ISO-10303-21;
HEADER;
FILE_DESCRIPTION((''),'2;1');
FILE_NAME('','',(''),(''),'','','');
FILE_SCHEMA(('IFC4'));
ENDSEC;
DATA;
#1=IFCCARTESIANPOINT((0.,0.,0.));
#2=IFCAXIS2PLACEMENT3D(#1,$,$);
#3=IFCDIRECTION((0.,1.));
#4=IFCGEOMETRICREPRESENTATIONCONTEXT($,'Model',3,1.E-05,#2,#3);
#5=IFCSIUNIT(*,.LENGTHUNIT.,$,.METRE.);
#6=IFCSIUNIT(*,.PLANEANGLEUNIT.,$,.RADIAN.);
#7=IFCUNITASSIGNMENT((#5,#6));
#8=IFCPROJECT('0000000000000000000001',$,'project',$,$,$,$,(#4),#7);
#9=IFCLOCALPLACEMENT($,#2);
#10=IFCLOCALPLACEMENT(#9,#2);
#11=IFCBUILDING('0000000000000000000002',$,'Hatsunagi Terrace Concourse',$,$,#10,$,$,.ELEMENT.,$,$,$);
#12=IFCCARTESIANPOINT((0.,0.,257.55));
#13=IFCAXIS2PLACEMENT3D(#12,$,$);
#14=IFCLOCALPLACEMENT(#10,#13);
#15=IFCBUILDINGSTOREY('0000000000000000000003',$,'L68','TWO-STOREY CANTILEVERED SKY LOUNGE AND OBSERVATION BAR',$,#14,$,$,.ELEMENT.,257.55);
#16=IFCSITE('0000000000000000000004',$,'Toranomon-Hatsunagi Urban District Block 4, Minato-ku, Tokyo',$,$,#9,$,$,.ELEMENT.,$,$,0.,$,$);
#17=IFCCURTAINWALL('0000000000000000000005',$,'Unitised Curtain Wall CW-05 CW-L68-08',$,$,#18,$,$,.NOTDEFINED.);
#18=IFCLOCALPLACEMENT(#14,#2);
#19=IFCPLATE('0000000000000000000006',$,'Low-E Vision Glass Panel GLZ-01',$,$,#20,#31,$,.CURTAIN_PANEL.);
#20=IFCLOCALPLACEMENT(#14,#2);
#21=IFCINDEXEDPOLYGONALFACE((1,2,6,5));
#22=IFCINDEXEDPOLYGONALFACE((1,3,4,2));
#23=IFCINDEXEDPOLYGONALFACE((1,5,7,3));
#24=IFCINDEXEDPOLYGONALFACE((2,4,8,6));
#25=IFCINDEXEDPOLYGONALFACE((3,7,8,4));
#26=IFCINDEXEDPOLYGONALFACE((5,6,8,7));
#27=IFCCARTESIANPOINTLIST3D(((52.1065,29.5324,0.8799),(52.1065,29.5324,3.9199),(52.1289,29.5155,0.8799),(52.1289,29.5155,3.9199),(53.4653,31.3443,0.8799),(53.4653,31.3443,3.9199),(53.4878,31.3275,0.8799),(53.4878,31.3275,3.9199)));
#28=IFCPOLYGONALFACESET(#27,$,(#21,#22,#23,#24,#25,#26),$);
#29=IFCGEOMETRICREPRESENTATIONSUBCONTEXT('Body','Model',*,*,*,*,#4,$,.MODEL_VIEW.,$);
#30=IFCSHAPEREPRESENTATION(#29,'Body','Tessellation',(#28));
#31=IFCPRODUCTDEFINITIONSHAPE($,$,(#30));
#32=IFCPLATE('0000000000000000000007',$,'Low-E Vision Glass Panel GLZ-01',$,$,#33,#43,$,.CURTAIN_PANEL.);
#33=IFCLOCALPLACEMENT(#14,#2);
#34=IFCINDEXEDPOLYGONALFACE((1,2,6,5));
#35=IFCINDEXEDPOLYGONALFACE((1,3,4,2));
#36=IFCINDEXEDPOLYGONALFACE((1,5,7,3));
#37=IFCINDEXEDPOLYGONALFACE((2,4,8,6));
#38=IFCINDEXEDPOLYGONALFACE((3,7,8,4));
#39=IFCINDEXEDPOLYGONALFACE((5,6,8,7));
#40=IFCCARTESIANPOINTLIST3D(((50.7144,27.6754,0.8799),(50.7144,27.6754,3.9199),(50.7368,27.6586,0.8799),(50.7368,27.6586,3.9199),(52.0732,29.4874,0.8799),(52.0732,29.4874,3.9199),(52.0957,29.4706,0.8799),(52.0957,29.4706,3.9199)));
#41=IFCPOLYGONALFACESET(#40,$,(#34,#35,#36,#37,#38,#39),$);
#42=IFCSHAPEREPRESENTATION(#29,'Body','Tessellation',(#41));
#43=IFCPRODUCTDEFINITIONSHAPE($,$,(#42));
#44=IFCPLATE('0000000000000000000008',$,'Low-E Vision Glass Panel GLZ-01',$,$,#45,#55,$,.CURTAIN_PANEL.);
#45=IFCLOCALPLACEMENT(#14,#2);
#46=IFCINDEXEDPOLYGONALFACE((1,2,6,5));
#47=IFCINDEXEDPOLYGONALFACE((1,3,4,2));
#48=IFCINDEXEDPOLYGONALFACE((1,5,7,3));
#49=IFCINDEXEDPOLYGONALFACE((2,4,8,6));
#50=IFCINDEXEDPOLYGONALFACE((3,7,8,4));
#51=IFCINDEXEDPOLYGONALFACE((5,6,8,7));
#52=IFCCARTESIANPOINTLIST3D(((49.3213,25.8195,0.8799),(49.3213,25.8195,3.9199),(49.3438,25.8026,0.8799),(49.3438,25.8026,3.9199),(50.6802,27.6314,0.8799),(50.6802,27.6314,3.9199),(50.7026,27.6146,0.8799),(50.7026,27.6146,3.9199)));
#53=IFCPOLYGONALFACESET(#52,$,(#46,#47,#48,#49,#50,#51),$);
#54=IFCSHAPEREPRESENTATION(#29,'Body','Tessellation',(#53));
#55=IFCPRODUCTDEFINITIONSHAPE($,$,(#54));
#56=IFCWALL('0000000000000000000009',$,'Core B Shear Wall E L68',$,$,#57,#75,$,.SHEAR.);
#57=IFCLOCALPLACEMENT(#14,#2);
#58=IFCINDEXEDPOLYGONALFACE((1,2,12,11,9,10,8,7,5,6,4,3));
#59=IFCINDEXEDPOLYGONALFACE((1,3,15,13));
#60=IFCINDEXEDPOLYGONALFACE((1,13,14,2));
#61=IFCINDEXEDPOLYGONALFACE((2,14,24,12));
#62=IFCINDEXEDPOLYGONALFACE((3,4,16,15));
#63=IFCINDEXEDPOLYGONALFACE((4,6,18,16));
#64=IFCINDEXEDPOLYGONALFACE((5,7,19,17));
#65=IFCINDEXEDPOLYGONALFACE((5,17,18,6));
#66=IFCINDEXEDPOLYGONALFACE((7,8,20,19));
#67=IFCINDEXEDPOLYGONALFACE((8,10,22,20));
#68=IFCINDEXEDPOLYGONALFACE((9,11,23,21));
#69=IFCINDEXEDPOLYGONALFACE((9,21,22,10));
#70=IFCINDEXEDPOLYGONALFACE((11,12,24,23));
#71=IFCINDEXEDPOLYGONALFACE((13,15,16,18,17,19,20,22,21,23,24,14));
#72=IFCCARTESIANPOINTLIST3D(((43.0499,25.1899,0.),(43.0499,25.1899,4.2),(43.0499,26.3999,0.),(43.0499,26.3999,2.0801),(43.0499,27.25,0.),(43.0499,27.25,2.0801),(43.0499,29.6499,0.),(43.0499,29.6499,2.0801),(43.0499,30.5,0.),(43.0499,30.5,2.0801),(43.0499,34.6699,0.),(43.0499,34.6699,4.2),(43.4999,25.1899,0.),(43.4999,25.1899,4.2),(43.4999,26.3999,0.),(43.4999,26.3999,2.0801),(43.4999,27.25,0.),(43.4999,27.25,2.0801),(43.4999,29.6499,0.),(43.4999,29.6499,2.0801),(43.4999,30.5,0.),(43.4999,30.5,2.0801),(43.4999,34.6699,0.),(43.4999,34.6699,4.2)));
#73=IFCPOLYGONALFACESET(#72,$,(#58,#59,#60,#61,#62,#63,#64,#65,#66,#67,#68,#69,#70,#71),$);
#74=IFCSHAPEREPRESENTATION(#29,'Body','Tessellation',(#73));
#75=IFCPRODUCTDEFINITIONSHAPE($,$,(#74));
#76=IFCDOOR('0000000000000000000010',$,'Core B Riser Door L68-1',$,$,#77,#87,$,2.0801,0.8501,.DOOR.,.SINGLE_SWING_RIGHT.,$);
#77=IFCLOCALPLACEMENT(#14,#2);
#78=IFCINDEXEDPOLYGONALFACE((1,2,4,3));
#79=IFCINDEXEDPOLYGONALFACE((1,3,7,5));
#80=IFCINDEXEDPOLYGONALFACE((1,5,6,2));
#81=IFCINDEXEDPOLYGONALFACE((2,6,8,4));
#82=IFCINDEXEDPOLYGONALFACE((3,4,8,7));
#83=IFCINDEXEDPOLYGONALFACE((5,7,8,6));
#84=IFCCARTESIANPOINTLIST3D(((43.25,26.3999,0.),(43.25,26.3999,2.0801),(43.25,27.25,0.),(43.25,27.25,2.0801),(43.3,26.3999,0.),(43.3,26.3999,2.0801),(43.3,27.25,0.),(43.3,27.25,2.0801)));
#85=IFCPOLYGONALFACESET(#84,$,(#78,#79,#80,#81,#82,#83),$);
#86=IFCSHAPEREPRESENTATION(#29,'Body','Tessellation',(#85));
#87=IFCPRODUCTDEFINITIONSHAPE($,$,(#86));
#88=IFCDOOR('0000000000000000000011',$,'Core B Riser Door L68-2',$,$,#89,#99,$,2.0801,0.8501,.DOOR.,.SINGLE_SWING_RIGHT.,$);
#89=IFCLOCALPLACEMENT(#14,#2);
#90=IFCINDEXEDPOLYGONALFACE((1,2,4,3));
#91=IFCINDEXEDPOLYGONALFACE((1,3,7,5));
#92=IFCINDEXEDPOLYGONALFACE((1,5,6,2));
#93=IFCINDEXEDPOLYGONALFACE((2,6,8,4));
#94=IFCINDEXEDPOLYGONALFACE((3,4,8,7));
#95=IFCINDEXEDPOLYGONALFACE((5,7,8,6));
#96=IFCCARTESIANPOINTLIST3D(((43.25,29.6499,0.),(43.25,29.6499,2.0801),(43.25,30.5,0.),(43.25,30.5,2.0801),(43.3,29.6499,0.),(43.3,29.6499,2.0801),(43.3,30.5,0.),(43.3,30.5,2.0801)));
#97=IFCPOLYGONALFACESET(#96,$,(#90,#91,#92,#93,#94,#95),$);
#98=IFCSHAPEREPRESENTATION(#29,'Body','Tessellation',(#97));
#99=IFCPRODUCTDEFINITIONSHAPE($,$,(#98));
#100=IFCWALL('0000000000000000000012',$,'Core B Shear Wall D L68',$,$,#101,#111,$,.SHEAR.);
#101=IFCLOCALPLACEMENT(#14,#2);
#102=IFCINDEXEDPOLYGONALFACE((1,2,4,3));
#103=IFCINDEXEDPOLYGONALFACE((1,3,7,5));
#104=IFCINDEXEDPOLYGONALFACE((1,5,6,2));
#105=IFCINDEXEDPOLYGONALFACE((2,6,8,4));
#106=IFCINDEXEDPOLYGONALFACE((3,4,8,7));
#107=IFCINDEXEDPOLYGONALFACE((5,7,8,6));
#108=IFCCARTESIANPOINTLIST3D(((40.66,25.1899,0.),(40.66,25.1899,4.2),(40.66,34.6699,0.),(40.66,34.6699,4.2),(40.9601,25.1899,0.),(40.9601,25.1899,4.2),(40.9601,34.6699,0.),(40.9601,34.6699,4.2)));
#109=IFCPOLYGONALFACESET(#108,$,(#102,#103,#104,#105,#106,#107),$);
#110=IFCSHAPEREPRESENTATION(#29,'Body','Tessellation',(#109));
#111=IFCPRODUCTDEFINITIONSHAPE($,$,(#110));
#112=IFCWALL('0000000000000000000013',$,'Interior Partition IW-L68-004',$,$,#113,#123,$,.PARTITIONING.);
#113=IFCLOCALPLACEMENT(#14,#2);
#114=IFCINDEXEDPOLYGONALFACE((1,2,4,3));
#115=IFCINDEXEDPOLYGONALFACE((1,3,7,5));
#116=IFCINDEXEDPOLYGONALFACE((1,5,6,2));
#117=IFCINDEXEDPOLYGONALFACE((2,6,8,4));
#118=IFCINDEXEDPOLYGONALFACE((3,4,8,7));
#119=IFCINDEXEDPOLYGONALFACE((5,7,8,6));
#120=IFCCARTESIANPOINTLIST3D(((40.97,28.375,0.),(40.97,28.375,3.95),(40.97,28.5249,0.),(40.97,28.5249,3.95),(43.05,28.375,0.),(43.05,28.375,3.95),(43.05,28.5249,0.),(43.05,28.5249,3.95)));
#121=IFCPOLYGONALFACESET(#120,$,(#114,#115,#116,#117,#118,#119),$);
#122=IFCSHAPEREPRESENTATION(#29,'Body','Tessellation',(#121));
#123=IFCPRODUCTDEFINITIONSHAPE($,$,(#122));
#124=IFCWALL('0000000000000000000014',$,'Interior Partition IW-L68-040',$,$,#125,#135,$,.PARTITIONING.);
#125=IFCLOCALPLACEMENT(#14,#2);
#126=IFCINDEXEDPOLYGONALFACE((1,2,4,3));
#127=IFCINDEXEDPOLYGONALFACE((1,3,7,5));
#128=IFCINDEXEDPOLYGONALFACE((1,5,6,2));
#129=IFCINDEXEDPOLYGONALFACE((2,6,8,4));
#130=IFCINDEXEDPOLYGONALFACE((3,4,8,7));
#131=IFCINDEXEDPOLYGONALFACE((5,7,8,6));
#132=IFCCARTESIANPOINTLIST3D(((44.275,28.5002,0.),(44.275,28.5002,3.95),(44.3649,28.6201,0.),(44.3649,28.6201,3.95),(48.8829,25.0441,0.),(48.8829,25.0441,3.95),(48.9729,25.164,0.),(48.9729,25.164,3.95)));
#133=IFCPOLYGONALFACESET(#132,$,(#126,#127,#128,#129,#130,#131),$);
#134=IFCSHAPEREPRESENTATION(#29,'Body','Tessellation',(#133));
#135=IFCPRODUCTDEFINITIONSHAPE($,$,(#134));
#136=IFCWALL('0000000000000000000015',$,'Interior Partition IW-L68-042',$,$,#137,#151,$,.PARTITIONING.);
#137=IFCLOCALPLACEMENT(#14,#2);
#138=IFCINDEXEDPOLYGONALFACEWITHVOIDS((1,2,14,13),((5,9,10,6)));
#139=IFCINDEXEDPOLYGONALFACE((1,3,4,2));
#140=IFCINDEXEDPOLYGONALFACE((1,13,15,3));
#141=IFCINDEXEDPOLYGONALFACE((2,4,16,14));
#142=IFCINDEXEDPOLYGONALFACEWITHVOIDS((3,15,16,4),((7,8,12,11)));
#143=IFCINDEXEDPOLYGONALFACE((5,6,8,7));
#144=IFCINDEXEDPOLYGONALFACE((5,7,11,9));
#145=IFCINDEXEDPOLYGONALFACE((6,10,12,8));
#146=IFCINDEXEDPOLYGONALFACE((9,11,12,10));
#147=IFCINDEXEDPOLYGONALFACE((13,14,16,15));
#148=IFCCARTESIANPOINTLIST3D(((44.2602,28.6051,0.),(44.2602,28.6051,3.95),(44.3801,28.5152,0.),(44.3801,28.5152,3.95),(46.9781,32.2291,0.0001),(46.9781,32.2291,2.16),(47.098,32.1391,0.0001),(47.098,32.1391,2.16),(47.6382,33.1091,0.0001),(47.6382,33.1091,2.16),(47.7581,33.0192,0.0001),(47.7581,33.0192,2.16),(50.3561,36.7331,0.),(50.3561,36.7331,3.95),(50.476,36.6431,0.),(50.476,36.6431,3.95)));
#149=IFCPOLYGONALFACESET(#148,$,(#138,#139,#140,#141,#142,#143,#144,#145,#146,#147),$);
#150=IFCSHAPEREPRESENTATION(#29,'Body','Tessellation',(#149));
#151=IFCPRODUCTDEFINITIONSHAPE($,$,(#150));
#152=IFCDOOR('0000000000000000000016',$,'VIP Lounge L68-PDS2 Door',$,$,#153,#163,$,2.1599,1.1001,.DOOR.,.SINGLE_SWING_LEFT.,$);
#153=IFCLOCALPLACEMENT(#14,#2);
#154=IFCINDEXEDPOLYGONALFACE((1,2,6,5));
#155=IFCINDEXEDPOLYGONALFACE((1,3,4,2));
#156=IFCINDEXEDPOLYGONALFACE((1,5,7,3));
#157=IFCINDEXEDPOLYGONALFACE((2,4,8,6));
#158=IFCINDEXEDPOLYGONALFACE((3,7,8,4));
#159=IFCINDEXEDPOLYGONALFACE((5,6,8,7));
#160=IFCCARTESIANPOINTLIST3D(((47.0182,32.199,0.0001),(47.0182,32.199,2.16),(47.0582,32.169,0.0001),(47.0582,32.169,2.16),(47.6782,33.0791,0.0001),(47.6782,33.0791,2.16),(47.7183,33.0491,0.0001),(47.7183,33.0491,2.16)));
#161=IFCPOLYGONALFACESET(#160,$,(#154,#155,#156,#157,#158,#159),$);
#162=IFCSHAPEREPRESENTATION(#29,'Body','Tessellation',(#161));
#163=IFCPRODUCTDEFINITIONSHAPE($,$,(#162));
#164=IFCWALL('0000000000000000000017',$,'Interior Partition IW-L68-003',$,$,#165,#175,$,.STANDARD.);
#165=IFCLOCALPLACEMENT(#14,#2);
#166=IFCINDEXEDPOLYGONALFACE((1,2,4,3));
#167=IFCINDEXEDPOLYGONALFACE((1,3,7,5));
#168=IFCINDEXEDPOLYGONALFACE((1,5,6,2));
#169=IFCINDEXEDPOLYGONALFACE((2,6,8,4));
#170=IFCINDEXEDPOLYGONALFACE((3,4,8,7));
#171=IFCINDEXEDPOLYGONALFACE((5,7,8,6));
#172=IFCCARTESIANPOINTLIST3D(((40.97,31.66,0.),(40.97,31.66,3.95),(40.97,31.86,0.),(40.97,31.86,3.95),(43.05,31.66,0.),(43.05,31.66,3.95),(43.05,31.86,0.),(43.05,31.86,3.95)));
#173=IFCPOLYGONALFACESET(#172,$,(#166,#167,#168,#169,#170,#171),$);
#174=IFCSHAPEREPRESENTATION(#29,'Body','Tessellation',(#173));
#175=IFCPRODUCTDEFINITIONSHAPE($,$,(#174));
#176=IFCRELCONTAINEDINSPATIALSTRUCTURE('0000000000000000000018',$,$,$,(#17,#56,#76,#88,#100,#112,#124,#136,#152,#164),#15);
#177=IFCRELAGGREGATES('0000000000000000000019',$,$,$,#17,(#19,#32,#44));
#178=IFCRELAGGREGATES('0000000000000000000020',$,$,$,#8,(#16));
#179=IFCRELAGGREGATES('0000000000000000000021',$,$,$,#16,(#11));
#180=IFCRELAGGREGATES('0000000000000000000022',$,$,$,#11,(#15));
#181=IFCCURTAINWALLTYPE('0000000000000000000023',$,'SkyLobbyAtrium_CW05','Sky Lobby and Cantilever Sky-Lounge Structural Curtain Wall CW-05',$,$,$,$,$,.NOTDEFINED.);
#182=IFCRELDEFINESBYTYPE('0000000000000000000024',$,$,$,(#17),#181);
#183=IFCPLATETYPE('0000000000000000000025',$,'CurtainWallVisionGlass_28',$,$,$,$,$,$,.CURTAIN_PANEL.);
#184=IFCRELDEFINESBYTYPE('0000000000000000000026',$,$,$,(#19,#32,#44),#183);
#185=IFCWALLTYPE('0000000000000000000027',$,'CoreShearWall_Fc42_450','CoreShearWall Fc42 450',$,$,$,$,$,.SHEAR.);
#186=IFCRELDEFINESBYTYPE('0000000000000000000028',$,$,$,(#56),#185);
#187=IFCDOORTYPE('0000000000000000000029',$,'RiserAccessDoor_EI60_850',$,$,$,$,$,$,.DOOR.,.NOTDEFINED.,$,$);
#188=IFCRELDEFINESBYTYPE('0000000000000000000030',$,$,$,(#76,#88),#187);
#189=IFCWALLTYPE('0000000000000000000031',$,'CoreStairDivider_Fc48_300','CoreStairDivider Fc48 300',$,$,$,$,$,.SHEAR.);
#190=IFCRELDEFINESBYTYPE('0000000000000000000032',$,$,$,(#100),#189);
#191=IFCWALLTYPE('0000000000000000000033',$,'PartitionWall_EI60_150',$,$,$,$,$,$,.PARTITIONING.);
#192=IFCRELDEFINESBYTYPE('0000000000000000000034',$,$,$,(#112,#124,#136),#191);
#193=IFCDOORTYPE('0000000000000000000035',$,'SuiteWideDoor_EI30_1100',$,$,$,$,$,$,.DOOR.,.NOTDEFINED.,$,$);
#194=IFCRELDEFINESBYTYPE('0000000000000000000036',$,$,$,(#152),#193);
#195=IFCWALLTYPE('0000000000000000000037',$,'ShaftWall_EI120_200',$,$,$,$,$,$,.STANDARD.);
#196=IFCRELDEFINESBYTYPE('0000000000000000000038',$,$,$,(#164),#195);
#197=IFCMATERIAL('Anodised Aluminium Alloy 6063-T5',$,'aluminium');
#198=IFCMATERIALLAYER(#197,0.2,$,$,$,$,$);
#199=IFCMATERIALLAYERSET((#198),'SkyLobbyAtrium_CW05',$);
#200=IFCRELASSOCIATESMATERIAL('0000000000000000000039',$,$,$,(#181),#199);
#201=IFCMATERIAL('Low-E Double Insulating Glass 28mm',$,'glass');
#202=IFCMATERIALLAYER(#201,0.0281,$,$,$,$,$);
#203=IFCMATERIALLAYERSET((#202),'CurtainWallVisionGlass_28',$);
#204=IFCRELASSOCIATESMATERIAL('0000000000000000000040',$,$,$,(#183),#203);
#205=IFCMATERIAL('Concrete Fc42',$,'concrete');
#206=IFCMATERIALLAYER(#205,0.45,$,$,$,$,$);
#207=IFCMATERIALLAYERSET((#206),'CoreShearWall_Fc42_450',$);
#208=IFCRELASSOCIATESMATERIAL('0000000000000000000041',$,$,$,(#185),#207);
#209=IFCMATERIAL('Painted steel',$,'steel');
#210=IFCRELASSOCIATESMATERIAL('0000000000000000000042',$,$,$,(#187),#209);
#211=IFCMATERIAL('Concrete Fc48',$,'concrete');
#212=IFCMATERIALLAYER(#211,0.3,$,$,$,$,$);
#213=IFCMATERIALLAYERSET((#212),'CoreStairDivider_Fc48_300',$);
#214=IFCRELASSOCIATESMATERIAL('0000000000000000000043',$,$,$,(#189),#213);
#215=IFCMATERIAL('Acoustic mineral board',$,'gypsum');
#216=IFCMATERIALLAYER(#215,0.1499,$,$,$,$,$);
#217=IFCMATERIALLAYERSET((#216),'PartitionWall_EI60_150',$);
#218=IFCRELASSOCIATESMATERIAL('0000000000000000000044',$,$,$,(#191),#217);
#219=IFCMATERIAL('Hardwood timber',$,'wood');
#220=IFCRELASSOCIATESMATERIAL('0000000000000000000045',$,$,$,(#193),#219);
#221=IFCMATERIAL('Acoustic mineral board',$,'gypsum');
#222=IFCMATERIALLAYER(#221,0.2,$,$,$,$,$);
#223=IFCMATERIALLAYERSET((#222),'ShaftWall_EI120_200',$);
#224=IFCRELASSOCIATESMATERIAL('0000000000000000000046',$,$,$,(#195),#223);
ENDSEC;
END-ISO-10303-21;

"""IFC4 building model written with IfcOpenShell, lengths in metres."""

from ifc_helpers import new_model, si_unit, direction, frame, frame_2d, origin, origin_2d, place, context, subcontext, project, spatial, rectangle, extrude, material, layer, layer_set, type_object, element, fill, aggregate, save


model = new_model("IFC4")

# Units and contexts
model_context = context("Model", 3, precision=1e-05, world=origin(), true_north=direction((0.0, 1.0)))
body_context = subcontext(model_context, "Body", "Model", "MODEL_VIEW")
ifc_project = project(units=[si_unit("LENGTHUNIT", "METRE"), si_unit("PLANEANGLEUNIT", "RADIAN")], contexts=[model_context])

# Site, building, storey
site_placement = place(None, origin())
site = spatial("IfcSite", under=ifc_project, at=site_placement, Name="Toranomon-Hatsunagi Urban District Block 4, Minato-ku, Tokyo", CompositionType="ELEMENT", RefElevation=0.0)
building_placement = place(site_placement, origin())
building = spatial("IfcBuilding", under=site, at=building_placement, Name="Hatsunagi Terrace Concourse", CompositionType="ELEMENT")
storey_placement = place(building_placement, frame((0.0, 0.0, 257.55)))
storey = spatial("IfcBuildingStorey", under=building, at=storey_placement, Name="L68", Description="TWO-STOREY CANTILEVERED SKY LOUNGE AND OBSERVATION BAR", CompositionType="ELEMENT", Elevation=257.55)

# Curtain wall, plates
ifc_material_1 = material(Name="Anodised Aluminium Alloy 6063-T5", Category="aluminium")
ifc_layer_1 = layer(ifc_material_1, 0.2)
ifc_layer_set_1 = layer_set([ifc_layer_1], Name="SkyLobbyAtrium_CW05")
curtain_wall_type = type_object("IfcCurtainWallType", Name="SkyLobbyAtrium_CW05", Description="Sky Lobby and Cantilever Sky-Lounge Structural Curtain Wall CW-05", PredefinedType="NOTDEFINED", material=ifc_layer_set_1)
curtain_wall_placement = place(storey_placement, origin())
curtain_wall = element("IfcCurtainWall", 1, at=curtain_wall_placement, inside=storey, type_object=curtain_wall_type, Name="Unitised Curtain Wall CW-05 CW-L68-08", PredefinedType="NOTDEFINED")
ifc_material_2 = material(Name="Low-E Double Insulating Glass 28mm", Category="glass")
ifc_layer_2 = layer(ifc_material_2, 0.0281)
ifc_layer_set_2 = layer_set([ifc_layer_2], Name="CurtainWallVisionGlass_28")
plate_type_1 = type_object("IfcPlateType", Name="CurtainWallVisionGlass_28", PredefinedType="CURTAIN_PANEL", material=ifc_layer_set_2)
plate_1_placement = place(storey_placement, frame((52.7971, 30.4299, 0.8799), z_axis=(0.0, 0.0, 1.0), x_axis=(-0.599969, -0.800023, 0.0)))
plate_1 = element("IfcPlate", 2, at=plate_1_placement, type_object=plate_type_1, Name="Low-E Vision Glass Panel GLZ-01", PredefinedType="CURTAIN_PANEL", context=body_context, shape_type="SweptSolid", body=[
    extrude(rectangle(XDim=2.2649, YDim=0.0281, at=origin_2d()), origin(), (0.0, 0.0, 1.0), 3.04),
])
plate_2_placement = place(storey_placement, frame((51.405, 28.573, 0.8799), z_axis=(0.0, 0.0, 1.0), x_axis=(-0.599969, -0.800023, 0.0)))
plate_2 = element("IfcPlate", 3, at=plate_2_placement, type_object=plate_type_1, Name="Low-E Vision Glass Panel GLZ-01", PredefinedType="CURTAIN_PANEL", context=body_context, shape_type="SweptSolid", body=[
    extrude(rectangle(XDim=2.2649, YDim=0.0281, at=origin_2d()), origin(), (0.0, 0.0, 1.0), 3.04),
])
plate_3_placement = place(storey_placement, frame((50.012, 26.717, 0.8799), z_axis=(0.0, 0.0, 1.0), x_axis=(-0.599969, -0.800023, 0.0)))
plate_3 = element("IfcPlate", 4, at=plate_3_placement, type_object=plate_type_1, Name="Low-E Vision Glass Panel GLZ-01", PredefinedType="CURTAIN_PANEL", context=body_context, shape_type="SweptSolid", body=[
    extrude(rectangle(XDim=2.2649, YDim=0.0281, at=origin_2d()), origin(), (0.0, 0.0, 1.0), 3.04),
])
aggregate(curtain_wall, [plate_1, plate_2, plate_3])

# Wall, openings, doors
ifc_material_3 = material(Name="Concrete Fc42", Category="concrete")
ifc_layer_3 = layer(ifc_material_3, 0.45)
ifc_layer_set_3 = layer_set([ifc_layer_3], Name="CoreShearWall_Fc42_450")
wall_type_1 = type_object("IfcWallType", Name="CoreShearWall_Fc42_450", Description="CoreShearWall Fc42 450", PredefinedType="SHEAR", material=ifc_layer_set_3)
wall_1_placement = place(storey_placement, frame((43.2749, 25.1899, 0.0), z_axis=(0.0, 0.0, 1.0), x_axis=(0.0, 1.0, 0.0)))
wall_1 = element("IfcWall", 5, at=wall_1_placement, inside=storey, type_object=wall_type_1, Name="Core B Shear Wall E L68", PredefinedType="SHEAR", context=body_context, shape_type="SweptSolid", body=[
    extrude(rectangle(XDim=9.48, YDim=0.45, at=frame_2d((4.74, 0.0))), origin(), (0.0, 0.0, 1.0), 4.2),
])
opening_1_placement = place(wall_1_placement, frame((1.21, 0.0, 0.0)))
opening_1 = element("IfcOpeningElement", 6, at=opening_1_placement, cuts=wall_1, PredefinedType="OPENING", context=body_context, shape_type="SweptSolid", body=[
    extrude(rectangle(XDim=0.8501, YDim=2.0801, at=frame_2d((0.425, 1.04))), frame((0.0, 0.2349, 0.0), z_axis=(0.0, -1.0, 0.0), x_axis=(1.0, 0.0, 0.0)), (0.0, 0.0, 1.0), 0.47),
])
opening_2_placement = place(wall_1_placement, frame((4.46, 0.0, 0.0)))
opening_2 = element("IfcOpeningElement", 7, at=opening_2_placement, cuts=wall_1, PredefinedType="OPENING", context=body_context, shape_type="SweptSolid", body=[
    extrude(rectangle(XDim=0.8501, YDim=2.0801, at=frame_2d((0.425, 1.04))), frame((0.0, 0.2349, 0.0), z_axis=(0.0, -1.0, 0.0), x_axis=(1.0, 0.0, 0.0)), (0.0, 0.0, 1.0), 0.47),
])
ifc_material_4 = material(Name="Painted steel", Category="steel")
door_type_1 = type_object("IfcDoorType", Name="RiserAccessDoor_EI60_850", OperationType="NOTDEFINED", PredefinedType="DOOR", material=ifc_material_4)
door_1_placement = place(opening_1_placement, origin())
door_1 = element("IfcDoor", 8, at=door_1_placement, inside=storey, type_object=door_type_1, Name="Core B Riser Door L68-1", OperationType="SINGLE_SWING_RIGHT", OverallHeight=2.0801, OverallWidth=0.8501, PredefinedType="DOOR", context=body_context, shape_type="SweptSolid", body=[
    extrude(rectangle(XDim=0.8501, YDim=2.0801, at=frame_2d((0.425, 1.04))), frame((0.0, 0.0249, 0.0), z_axis=(0.0, -1.0, 0.0), x_axis=(1.0, 0.0, 0.0)), (0.0, 0.0, 1.0), 0.05),
])
fill(opening_1, door_1)
door_2_placement = place(opening_2_placement, origin())
door_2 = element("IfcDoor", 9, at=door_2_placement, inside=storey, type_object=door_type_1, Name="Core B Riser Door L68-2", OperationType="SINGLE_SWING_RIGHT", OverallHeight=2.0801, OverallWidth=0.8501, PredefinedType="DOOR", context=body_context, shape_type="SweptSolid", body=[
    extrude(rectangle(XDim=0.8501, YDim=2.0801, at=frame_2d((0.425, 1.04))), frame((0.0, 0.0249, 0.0), z_axis=(0.0, -1.0, 0.0), x_axis=(1.0, 0.0, 0.0)), (0.0, 0.0, 1.0), 0.05),
])
fill(opening_2, door_2)

# Walls
ifc_material_5 = material(Name="Concrete Fc48", Category="concrete")
ifc_layer_4 = layer(ifc_material_5, 0.3)
ifc_layer_set_4 = layer_set([ifc_layer_4], Name="CoreStairDivider_Fc48_300")
wall_type_2 = type_object("IfcWallType", Name="CoreStairDivider_Fc48_300", Description="CoreStairDivider Fc48 300", PredefinedType="SHEAR", material=ifc_layer_set_4)
wall_2_placement = place(storey_placement, frame((40.8101, 25.1899, 0.0), z_axis=(0.0, 0.0, 1.0), x_axis=(0.0, 1.0, 0.0)))
element("IfcWall", 10, at=wall_2_placement, inside=storey, type_object=wall_type_2, Name="Core B Shear Wall D L68", PredefinedType="SHEAR", context=body_context, shape_type="SweptSolid", body=[
    extrude(rectangle(XDim=9.48, YDim=0.3, at=frame_2d((4.74, 0.0))), origin(), (0.0, 0.0, 1.0), 4.2),
])
ifc_material_6 = material(Name="Acoustic mineral board", Category="gypsum")
ifc_layer_5 = layer(ifc_material_6, 0.1499)
ifc_layer_set_5 = layer_set([ifc_layer_5], Name="PartitionWall_EI60_150")
wall_type_3 = type_object("IfcWallType", Name="PartitionWall_EI60_150", PredefinedType="PARTITIONING", material=ifc_layer_set_5)
wall_3_placement = place(storey_placement, frame((40.97, 28.45, 0.0), z_axis=(0.0, 0.0, 1.0), x_axis=(1.0, 0.0, 0.0)))
element("IfcWall", 11, at=wall_3_placement, inside=storey, type_object=wall_type_3, Name="Interior Partition IW-L68-004", PredefinedType="PARTITIONING", context=body_context, shape_type="SweptSolid", body=[
    extrude(rectangle(XDim=2.0801, YDim=0.1499, at=frame_2d((1.04, 0.0))), origin(), (0.0, 0.0, 1.0), 3.95),
])
wall_4_placement = place(storey_placement, frame((44.3201, 28.5601, 0.0), z_axis=(0.0, 0.0, 1.0), x_axis=(0.79999, -0.600014, 0.0)))
element("IfcWall", 12, at=wall_4_placement, inside=storey, type_object=wall_type_3, Name="Interior Partition IW-L68-040", PredefinedType="PARTITIONING", context=body_context, shape_type="SweptSolid", body=[
    extrude(rectangle(XDim=5.76, YDim=0.1499, at=frame_2d((2.8799, 0.0))), origin(), (0.0, 0.0, 1.0), 3.95),
])

# Wall, opening, door
wall_5_placement = place(storey_placement, frame((44.3201, 28.5601, 0.0), z_axis=(0.0, 0.0, 1.0), x_axis=(0.6, 0.8, 0.0)))
wall_5 = element("IfcWall", 13, at=wall_5_placement, inside=storey, type_object=wall_type_3, Name="Interior Partition IW-L68-042", PredefinedType="PARTITIONING", context=body_context, shape_type="SweptSolid", body=[
    extrude(rectangle(XDim=10.1599, YDim=0.1499, at=frame_2d((5.0801, 0.0))), origin(), (0.0, 0.0, 1.0), 3.95),
])
opening_3_placement = place(wall_5_placement, frame((4.53, 0.0, 0.0)))
opening_3 = element("IfcOpeningElement", 14, at=opening_3_placement, cuts=wall_5, PredefinedType="OPENING", context=body_context, shape_type="SweptSolid", body=[
    extrude(rectangle(XDim=1.1001, YDim=2.1599, at=frame_2d((0.55, 1.0801))), frame((0.0, 0.085, 0.0), z_axis=(0.0, -1.0, 0.0), x_axis=(1.0, 0.0, 0.0)), (0.0, 0.0, 1.0), 0.1699),
])
ifc_material_7 = material(Name="Hardwood timber", Category="wood")
door_type_2 = type_object("IfcDoorType", Name="SuiteWideDoor_EI30_1100", OperationType="NOTDEFINED", PredefinedType="DOOR", material=ifc_material_7)
door_3_placement = place(opening_3_placement, origin())
door_3 = element("IfcDoor", 15, at=door_3_placement, inside=storey, type_object=door_type_2, Name="VIP Lounge L68-PDS2 Door", OperationType="SINGLE_SWING_LEFT", OverallHeight=2.1599, OverallWidth=1.1001, PredefinedType="DOOR", context=body_context, shape_type="SweptSolid", body=[
    extrude(rectangle(XDim=1.1001, YDim=2.1599, at=frame_2d((0.55, 1.0801))), frame((0.0, 0.0249, 0.0), z_axis=(0.0, -1.0, 0.0), x_axis=(1.0, 0.0, 0.0)), (0.0, 0.0, 1.0), 0.05),
])
fill(opening_3, door_3)

# Wall
ifc_material_8 = material(Name="Acoustic mineral board", Category="gypsum")
ifc_layer_6 = layer(ifc_material_8, 0.2)
ifc_layer_set_6 = layer_set([ifc_layer_6], Name="ShaftWall_EI120_200")
wall_type_4 = type_object("IfcWallType", Name="ShaftWall_EI120_200", PredefinedType="STANDARD", material=ifc_layer_set_6)
wall_6_placement = place(storey_placement, frame((40.97, 31.76, 0.0), z_axis=(0.0, 0.0, 1.0), x_axis=(1.0, 0.0, 0.0)))
element("IfcWall", 16, at=wall_6_placement, inside=storey, type_object=wall_type_4, Name="Interior Partition IW-L68-003", PredefinedType="STANDARD", context=body_context, shape_type="SweptSolid", body=[
    extrude(rectangle(XDim=2.0801, YDim=0.2, at=frame_2d((1.04, 0.0))), origin(), (0.0, 0.0, 1.0), 3.95),
])

save(model, "model.ifc")
